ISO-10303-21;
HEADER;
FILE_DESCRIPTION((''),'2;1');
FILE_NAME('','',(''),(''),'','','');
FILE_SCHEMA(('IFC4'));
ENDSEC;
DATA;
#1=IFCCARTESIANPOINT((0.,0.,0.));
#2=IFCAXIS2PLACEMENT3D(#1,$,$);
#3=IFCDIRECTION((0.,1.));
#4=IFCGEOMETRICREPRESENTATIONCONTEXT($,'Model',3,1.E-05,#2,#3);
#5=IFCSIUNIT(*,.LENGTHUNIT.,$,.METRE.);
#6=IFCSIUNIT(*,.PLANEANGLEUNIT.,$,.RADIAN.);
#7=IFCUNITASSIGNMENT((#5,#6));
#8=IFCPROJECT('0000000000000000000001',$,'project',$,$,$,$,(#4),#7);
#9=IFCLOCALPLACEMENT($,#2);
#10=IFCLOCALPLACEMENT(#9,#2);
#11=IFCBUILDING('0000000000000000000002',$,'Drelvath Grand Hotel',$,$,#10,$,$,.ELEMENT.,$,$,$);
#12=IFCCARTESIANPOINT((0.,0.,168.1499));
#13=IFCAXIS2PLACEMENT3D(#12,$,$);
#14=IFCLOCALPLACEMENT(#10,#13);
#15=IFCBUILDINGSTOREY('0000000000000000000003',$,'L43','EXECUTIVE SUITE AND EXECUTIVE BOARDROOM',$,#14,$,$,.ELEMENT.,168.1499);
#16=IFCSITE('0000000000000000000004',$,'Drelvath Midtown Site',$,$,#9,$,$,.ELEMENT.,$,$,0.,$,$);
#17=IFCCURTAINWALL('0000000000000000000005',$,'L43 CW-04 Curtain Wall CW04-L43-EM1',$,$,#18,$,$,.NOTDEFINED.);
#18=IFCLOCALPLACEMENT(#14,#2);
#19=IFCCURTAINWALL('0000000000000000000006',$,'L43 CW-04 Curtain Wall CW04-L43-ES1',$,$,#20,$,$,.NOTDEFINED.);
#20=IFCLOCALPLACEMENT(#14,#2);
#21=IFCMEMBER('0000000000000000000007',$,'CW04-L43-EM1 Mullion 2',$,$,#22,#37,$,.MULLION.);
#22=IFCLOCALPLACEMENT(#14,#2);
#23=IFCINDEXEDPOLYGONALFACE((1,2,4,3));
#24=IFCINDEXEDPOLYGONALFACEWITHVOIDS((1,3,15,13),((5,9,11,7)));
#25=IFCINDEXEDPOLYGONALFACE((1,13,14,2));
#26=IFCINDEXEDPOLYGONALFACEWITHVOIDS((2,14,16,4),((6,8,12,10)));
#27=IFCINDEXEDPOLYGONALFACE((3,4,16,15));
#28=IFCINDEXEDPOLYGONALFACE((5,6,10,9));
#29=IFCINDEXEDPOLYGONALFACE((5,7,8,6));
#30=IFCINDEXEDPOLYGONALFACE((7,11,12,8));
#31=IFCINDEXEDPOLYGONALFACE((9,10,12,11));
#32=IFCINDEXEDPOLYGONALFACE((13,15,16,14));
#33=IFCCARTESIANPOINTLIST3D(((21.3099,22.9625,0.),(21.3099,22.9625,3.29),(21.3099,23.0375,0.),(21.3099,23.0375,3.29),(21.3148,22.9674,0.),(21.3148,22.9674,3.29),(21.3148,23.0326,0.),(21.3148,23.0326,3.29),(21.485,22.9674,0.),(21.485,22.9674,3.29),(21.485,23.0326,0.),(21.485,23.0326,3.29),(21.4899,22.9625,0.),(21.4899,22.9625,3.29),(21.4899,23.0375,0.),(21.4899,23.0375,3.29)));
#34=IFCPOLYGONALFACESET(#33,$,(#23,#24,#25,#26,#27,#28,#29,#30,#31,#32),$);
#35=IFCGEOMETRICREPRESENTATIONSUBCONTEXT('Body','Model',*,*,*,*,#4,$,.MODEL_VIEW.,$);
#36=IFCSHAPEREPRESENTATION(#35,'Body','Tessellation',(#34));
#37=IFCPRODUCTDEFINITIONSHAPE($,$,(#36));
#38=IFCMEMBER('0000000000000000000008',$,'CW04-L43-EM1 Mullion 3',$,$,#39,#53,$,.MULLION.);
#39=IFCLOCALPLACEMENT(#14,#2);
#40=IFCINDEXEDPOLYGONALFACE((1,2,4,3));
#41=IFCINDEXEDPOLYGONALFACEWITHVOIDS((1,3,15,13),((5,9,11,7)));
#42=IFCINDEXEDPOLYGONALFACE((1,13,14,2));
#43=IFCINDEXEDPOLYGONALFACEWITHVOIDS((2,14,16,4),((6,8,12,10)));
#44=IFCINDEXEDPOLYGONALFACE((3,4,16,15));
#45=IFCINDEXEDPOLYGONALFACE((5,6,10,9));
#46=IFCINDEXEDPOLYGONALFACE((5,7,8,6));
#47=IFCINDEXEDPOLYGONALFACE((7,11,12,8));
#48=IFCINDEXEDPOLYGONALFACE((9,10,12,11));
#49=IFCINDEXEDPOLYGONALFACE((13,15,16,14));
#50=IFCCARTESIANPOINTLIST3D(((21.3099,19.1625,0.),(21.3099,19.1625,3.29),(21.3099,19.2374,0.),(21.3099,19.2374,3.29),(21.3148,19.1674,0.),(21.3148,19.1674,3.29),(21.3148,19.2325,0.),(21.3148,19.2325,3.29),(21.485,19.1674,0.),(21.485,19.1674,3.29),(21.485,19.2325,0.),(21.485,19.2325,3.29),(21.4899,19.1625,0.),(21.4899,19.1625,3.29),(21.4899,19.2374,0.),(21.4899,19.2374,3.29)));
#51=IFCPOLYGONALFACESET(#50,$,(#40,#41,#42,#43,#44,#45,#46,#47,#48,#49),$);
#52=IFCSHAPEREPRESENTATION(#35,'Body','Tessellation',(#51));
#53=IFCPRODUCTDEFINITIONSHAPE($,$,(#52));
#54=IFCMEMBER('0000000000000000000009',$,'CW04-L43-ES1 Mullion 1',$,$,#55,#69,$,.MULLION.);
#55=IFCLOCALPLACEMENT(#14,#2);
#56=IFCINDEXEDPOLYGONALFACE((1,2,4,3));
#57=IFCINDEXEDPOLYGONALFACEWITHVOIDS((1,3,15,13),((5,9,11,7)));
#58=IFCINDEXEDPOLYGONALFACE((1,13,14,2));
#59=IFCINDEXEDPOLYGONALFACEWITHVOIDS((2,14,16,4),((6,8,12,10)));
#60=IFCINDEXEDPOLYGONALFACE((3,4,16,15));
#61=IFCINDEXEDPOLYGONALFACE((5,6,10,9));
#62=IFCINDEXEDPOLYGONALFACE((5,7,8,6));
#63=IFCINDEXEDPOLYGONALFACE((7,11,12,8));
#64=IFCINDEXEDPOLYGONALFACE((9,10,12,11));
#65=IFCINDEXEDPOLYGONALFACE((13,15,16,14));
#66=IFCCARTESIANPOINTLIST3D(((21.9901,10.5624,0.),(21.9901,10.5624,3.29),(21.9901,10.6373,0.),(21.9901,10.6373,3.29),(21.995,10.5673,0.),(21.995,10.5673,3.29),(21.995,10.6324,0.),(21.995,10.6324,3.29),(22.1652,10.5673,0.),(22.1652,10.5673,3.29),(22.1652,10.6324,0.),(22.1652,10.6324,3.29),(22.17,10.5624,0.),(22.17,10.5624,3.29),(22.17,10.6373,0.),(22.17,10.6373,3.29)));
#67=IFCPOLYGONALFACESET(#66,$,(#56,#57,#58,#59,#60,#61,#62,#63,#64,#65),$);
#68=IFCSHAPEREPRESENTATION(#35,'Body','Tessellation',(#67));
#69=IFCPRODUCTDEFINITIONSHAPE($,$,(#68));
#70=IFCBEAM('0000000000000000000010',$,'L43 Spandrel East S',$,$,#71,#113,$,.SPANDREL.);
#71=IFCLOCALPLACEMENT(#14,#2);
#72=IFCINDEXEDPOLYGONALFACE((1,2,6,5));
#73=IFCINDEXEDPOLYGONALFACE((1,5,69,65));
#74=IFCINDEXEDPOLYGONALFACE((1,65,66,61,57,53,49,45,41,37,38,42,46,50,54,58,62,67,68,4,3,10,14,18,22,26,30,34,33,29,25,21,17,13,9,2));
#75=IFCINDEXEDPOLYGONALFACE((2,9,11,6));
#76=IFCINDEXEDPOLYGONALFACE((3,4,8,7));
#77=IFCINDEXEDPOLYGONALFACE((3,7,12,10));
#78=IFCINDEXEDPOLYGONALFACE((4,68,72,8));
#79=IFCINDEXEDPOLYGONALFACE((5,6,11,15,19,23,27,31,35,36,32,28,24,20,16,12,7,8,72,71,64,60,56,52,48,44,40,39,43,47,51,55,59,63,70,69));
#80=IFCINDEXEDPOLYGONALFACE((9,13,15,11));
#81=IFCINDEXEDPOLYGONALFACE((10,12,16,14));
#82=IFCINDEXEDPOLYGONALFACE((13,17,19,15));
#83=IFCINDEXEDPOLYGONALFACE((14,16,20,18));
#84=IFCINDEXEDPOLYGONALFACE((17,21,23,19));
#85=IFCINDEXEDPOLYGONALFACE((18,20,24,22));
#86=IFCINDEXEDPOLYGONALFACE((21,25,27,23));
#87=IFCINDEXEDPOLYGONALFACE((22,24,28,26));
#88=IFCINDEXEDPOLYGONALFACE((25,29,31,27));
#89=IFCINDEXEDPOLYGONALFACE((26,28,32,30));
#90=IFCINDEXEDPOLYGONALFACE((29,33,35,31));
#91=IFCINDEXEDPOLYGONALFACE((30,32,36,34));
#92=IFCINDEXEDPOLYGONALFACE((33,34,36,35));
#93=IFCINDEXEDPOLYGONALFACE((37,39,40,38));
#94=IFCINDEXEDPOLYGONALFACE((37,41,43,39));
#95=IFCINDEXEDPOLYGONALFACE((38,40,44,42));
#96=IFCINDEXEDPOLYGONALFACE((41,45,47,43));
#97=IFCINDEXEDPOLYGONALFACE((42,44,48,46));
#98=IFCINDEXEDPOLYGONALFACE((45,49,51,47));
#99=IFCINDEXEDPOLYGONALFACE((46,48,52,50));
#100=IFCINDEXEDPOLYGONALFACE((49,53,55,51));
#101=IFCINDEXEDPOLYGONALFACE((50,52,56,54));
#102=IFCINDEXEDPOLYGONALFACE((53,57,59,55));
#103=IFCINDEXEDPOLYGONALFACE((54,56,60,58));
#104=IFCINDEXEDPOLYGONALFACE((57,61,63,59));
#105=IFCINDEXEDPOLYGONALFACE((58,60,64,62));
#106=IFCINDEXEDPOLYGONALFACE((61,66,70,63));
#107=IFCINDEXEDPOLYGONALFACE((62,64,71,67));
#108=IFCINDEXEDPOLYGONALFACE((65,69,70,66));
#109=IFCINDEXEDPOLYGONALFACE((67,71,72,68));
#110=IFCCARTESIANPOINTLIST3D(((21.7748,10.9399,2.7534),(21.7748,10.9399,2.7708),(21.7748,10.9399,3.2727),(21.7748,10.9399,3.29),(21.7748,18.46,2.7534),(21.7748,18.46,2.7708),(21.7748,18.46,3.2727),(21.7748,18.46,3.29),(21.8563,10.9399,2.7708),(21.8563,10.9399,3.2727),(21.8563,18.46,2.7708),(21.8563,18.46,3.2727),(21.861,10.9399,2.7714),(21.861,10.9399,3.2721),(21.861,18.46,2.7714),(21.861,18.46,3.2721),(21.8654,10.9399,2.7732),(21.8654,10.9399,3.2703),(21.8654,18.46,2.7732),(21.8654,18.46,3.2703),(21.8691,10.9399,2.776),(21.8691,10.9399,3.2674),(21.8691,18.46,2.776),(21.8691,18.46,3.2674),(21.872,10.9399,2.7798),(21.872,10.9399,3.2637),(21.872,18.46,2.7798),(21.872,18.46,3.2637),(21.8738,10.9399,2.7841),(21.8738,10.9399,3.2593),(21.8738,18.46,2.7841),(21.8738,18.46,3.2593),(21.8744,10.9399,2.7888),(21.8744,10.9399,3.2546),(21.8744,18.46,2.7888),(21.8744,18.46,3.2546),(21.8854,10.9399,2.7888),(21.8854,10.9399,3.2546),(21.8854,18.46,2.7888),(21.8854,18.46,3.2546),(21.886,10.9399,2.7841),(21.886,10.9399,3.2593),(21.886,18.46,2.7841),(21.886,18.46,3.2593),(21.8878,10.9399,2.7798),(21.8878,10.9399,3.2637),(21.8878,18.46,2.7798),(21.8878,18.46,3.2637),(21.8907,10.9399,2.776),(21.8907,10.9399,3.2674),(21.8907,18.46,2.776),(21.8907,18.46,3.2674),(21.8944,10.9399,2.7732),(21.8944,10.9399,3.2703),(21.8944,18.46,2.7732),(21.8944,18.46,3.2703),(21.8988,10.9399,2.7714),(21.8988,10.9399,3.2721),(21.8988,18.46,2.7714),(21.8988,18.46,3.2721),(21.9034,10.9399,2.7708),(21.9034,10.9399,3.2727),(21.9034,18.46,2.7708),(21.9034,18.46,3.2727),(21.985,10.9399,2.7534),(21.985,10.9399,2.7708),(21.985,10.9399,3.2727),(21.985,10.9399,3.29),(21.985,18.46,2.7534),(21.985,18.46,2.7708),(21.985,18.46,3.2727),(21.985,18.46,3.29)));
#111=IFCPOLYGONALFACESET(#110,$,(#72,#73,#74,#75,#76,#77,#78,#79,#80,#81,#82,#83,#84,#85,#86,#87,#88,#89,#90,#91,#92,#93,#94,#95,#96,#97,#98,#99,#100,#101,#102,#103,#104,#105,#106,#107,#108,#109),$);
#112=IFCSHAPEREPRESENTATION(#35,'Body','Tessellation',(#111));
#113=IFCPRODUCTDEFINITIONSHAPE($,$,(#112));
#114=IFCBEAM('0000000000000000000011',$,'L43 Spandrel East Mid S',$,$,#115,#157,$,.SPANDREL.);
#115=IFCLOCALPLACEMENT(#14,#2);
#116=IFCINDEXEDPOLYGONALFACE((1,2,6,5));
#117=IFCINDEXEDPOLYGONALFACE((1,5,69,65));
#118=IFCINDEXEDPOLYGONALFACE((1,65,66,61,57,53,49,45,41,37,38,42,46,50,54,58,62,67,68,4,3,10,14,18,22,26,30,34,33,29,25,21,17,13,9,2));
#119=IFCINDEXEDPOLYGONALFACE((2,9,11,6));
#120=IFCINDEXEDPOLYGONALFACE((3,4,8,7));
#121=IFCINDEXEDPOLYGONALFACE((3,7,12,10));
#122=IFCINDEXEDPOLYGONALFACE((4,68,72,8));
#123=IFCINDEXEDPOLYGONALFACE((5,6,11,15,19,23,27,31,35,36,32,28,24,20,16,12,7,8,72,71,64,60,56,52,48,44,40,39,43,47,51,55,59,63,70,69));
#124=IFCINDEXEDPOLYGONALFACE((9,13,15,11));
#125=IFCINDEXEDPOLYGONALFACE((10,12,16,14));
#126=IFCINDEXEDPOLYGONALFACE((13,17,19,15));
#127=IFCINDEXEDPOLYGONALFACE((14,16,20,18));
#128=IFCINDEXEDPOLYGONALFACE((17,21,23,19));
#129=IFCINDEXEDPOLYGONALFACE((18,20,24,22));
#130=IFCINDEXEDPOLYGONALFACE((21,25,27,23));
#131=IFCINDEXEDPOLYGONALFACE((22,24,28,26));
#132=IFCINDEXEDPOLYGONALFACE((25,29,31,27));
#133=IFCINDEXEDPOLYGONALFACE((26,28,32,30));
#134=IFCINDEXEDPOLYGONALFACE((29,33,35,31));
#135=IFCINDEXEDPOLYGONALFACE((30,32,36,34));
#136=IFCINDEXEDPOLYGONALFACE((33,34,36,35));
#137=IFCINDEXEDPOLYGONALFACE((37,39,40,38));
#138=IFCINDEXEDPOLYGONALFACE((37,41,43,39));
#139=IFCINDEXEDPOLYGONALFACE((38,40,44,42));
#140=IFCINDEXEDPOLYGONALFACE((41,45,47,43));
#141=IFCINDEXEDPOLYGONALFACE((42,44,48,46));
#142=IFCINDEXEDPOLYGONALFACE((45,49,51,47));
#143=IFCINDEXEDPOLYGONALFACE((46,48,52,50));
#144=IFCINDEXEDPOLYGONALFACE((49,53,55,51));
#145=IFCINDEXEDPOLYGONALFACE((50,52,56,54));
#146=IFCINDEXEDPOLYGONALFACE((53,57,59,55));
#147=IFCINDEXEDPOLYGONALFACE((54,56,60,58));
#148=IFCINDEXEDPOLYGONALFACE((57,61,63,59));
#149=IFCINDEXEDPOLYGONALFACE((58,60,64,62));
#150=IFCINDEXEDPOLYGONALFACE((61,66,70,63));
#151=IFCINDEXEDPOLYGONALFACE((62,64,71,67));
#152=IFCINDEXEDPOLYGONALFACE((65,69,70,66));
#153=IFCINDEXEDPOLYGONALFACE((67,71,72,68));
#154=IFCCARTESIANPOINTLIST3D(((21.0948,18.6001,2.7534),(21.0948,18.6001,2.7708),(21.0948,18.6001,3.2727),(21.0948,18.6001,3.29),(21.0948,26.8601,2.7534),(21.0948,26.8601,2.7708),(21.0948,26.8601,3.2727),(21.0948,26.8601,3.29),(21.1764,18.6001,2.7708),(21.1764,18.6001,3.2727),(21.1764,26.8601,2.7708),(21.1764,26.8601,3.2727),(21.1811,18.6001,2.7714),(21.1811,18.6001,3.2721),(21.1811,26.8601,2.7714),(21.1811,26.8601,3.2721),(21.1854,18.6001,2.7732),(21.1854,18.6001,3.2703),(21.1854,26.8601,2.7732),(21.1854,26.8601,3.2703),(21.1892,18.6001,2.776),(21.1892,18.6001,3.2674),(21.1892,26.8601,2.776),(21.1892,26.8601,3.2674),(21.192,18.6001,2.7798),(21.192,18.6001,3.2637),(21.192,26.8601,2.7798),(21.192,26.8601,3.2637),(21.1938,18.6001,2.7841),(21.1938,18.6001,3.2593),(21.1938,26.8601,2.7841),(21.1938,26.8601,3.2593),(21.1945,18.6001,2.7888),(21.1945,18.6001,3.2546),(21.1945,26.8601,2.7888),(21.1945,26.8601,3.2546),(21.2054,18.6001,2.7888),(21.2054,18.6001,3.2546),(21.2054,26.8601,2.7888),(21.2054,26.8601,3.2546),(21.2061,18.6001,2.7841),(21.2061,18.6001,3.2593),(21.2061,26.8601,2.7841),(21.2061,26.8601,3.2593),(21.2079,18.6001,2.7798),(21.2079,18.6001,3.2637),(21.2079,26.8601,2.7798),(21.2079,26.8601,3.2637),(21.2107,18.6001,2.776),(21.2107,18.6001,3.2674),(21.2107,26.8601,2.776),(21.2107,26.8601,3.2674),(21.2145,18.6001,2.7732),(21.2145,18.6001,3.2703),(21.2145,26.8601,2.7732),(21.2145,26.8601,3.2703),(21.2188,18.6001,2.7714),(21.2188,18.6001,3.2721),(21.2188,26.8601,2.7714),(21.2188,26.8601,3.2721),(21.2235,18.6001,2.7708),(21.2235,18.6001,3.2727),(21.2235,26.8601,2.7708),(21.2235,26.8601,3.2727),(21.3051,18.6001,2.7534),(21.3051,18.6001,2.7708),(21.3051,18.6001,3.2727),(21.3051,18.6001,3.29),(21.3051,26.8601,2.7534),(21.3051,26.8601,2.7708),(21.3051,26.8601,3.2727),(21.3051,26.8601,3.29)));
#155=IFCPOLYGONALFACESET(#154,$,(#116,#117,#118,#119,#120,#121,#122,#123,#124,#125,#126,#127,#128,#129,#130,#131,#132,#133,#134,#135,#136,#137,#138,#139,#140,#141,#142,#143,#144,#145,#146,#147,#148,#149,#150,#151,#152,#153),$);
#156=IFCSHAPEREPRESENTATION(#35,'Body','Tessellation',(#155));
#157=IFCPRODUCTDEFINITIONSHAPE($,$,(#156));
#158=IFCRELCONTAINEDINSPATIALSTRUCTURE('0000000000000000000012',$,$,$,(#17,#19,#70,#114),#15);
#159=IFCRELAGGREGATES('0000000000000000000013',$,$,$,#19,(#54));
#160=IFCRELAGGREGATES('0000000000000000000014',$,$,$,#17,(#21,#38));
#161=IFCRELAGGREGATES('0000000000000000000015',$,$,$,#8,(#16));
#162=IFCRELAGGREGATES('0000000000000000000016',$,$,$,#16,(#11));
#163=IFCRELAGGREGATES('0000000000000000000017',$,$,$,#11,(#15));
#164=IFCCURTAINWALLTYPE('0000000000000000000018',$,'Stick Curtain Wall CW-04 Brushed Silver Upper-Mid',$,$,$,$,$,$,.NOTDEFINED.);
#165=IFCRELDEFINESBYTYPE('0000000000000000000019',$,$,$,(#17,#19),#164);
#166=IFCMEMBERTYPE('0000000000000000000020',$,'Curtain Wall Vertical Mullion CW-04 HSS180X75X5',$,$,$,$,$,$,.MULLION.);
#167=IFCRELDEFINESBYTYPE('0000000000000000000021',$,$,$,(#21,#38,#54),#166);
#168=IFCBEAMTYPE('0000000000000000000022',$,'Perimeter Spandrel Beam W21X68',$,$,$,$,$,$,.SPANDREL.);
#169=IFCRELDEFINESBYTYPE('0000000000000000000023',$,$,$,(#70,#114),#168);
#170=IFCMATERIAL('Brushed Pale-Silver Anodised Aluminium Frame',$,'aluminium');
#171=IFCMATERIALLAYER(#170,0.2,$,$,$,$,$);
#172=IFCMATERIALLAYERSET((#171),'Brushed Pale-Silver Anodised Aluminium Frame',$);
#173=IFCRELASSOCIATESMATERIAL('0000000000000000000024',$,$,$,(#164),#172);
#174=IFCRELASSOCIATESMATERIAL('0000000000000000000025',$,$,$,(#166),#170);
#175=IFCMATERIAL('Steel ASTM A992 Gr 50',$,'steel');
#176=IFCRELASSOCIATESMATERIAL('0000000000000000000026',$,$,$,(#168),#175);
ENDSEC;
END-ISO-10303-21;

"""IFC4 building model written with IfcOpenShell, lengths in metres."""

from ifc_helpers import new_model, si_unit, direction, frame, origin, origin_2d, place, context, subcontext, project, spatial, hollow_rectangle, i_section, extrude, material, layer, layer_set, material_profile, profile_set, type_object, element, aggregate, save


model = new_model("IFC4")

# Units and contexts
model_context = context("Model", 3, precision=1e-05, world=origin(), true_north=direction((0.0, 1.0)))
body_context = subcontext(model_context, "Body", "Model", "MODEL_VIEW")
ifc_project = project(units=[si_unit("LENGTHUNIT", "METRE"), si_unit("PLANEANGLEUNIT", "RADIAN")], contexts=[model_context])

# Site, building, storey
site_placement = place(None, origin())
site = spatial("IfcSite", under=ifc_project, at=site_placement, Name="Drelvath Midtown Site", CompositionType="ELEMENT", RefElevation=0.0)
building_placement = place(site_placement, origin())
building = spatial("IfcBuilding", under=site, at=building_placement, Name="Drelvath Grand Hotel", CompositionType="ELEMENT")
storey_placement = place(building_placement, frame((0.0, 0.0, 168.1499)))
storey = spatial("IfcBuildingStorey", under=building, at=storey_placement, Name="L43", Description="EXECUTIVE SUITE AND EXECUTIVE BOARDROOM", CompositionType="ELEMENT", Elevation=168.1499)

# Shared definitions
ifc_material_1 = material(Name="Steel ASTM A992 Gr 50", Category="steel")

# Curtain walls
ifc_material_2 = material(Name="Brushed Pale-Silver Anodised Aluminium Frame", Category="aluminium")
ifc_layer_1 = layer(ifc_material_2, 0.2)
ifc_layer_set_1 = layer_set([ifc_layer_1], Name="Brushed Pale-Silver Anodised Aluminium Frame")
curtain_wall_type = type_object("IfcCurtainWallType", Name="Stick Curtain Wall CW-04 Brushed Silver Upper-Mid", PredefinedType="NOTDEFINED", material=ifc_layer_set_1)
curtain_wall_1_placement = place(storey_placement, origin())
curtain_wall_1 = element("IfcCurtainWall", 1, at=curtain_wall_1_placement, inside=storey, type_object=curtain_wall_type, Name="L43 CW-04 Curtain Wall CW04-L43-EM1", PredefinedType="NOTDEFINED")
curtain_wall_2_placement = place(storey_placement, origin())
curtain_wall_2 = element("IfcCurtainWall", 2, at=curtain_wall_2_placement, inside=storey, type_object=curtain_wall_type, Name="L43 CW-04 Curtain Wall CW04-L43-ES1", PredefinedType="NOTDEFINED")

# Members
ifc_material_profile_1 = material_profile(ifc_material_2, hollow_rectangle(XDim=0.075, YDim=0.1799, WallThickness=0.0049, at=origin_2d()), Name="HSS180X75X5")
ifc_profile_set_1 = profile_set([ifc_material_profile_1], Name="Brushed Pale-Silver Anodised Aluminium Frame")
member_type_1 = type_object("IfcMemberType", Name="Curtain Wall Vertical Mullion CW-04 HSS180X75X5", PredefinedType="MULLION", material=ifc_profile_set_1)
member_1_placement = place(storey_placement, frame((21.3999, 23.0, 0.0), z_axis=(0.0, 0.0, 1.0), x_axis=(0.0, 1.0, 0.0)))
member_1 = element("IfcMember", 3, at=member_1_placement, type_object=member_type_1, Name="CW04-L43-EM1 Mullion 2", PredefinedType="MULLION", context=body_context, shape_type="SweptSolid", body=[
    extrude(hollow_rectangle(XDim=0.075, YDim=0.1799, WallThickness=0.0049, at=origin_2d()), origin(), (0.0, 0.0, 1.0), 3.29),
])
member_2_placement = place(storey_placement, frame((21.3999, 19.2, 0.0), z_axis=(0.0, 0.0, 1.0), x_axis=(0.0, 1.0, 0.0)))
member_2 = element("IfcMember", 4, at=member_2_placement, type_object=member_type_1, Name="CW04-L43-EM1 Mullion 3", PredefinedType="MULLION", context=body_context, shape_type="SweptSolid", body=[
    extrude(hollow_rectangle(XDim=0.075, YDim=0.1799, WallThickness=0.0049, at=origin_2d()), origin(), (0.0, 0.0, 1.0), 3.29),
])
member_3_placement = place(storey_placement, frame((22.0801, 10.5999, 0.0), z_axis=(0.0, 0.0, 1.0), x_axis=(0.0, 1.0, 0.0)))
member_3 = element("IfcMember", 5, at=member_3_placement, type_object=member_type_1, Name="CW04-L43-ES1 Mullion 1", PredefinedType="MULLION", context=body_context, shape_type="SweptSolid", body=[
    extrude(hollow_rectangle(XDim=0.075, YDim=0.1799, WallThickness=0.0049, at=origin_2d()), origin(), (0.0, 0.0, 1.0), 3.29),
])
aggregate(curtain_wall_2, [member_3])

# Beams
ifc_material_profile_2 = material_profile(ifc_material_1, i_section(OverallWidth=0.2102, OverallDepth=0.5366, WebThickness=0.011, FlangeThickness=0.0173, FilletRadius=0.0181, at=origin_2d()), Name="W21X68")
ifc_profile_set_2 = profile_set([ifc_material_profile_2], Name="Steel ASTM A992 Gr 50")
beam_type_1 = type_object("IfcBeamType", Name="Perimeter Spandrel Beam W21X68", PredefinedType="SPANDREL", material=ifc_profile_set_2)
beam_1_placement = place(storey_placement, frame((21.8799, 10.9399, 3.0217), z_axis=(0.0, 1.0, 0.0), x_axis=(-1.0, 0.0, 0.0)))
element("IfcBeam", 6, at=beam_1_placement, inside=storey, type_object=beam_type_1, Name="L43 Spandrel East S", PredefinedType="SPANDREL", context=body_context, shape_type="SweptSolid", body=[
    extrude(i_section(OverallWidth=0.2102, OverallDepth=0.5366, WebThickness=0.011, FlangeThickness=0.0173, FilletRadius=0.0181, at=origin_2d()), origin(), (0.0, 0.0, 1.0), 7.52),
])
beam_2_placement = place(storey_placement, frame((21.2, 18.6001, 3.0217), z_axis=(0.0, 1.0, 0.0), x_axis=(-1.0, 0.0, 0.0)))
element("IfcBeam", 7, at=beam_2_placement, inside=storey, type_object=beam_type_1, Name="L43 Spandrel East Mid S", PredefinedType="SPANDREL", context=body_context, shape_type="SweptSolid", body=[
    extrude(i_section(OverallWidth=0.2102, OverallDepth=0.5366, WebThickness=0.011, FlangeThickness=0.0173, FilletRadius=0.0181, at=origin_2d()), origin(), (0.0, 0.0, 1.0), 8.26),
])

aggregate(curtain_wall_1, [member_1, member_2])

save(model, "model.ifc")
